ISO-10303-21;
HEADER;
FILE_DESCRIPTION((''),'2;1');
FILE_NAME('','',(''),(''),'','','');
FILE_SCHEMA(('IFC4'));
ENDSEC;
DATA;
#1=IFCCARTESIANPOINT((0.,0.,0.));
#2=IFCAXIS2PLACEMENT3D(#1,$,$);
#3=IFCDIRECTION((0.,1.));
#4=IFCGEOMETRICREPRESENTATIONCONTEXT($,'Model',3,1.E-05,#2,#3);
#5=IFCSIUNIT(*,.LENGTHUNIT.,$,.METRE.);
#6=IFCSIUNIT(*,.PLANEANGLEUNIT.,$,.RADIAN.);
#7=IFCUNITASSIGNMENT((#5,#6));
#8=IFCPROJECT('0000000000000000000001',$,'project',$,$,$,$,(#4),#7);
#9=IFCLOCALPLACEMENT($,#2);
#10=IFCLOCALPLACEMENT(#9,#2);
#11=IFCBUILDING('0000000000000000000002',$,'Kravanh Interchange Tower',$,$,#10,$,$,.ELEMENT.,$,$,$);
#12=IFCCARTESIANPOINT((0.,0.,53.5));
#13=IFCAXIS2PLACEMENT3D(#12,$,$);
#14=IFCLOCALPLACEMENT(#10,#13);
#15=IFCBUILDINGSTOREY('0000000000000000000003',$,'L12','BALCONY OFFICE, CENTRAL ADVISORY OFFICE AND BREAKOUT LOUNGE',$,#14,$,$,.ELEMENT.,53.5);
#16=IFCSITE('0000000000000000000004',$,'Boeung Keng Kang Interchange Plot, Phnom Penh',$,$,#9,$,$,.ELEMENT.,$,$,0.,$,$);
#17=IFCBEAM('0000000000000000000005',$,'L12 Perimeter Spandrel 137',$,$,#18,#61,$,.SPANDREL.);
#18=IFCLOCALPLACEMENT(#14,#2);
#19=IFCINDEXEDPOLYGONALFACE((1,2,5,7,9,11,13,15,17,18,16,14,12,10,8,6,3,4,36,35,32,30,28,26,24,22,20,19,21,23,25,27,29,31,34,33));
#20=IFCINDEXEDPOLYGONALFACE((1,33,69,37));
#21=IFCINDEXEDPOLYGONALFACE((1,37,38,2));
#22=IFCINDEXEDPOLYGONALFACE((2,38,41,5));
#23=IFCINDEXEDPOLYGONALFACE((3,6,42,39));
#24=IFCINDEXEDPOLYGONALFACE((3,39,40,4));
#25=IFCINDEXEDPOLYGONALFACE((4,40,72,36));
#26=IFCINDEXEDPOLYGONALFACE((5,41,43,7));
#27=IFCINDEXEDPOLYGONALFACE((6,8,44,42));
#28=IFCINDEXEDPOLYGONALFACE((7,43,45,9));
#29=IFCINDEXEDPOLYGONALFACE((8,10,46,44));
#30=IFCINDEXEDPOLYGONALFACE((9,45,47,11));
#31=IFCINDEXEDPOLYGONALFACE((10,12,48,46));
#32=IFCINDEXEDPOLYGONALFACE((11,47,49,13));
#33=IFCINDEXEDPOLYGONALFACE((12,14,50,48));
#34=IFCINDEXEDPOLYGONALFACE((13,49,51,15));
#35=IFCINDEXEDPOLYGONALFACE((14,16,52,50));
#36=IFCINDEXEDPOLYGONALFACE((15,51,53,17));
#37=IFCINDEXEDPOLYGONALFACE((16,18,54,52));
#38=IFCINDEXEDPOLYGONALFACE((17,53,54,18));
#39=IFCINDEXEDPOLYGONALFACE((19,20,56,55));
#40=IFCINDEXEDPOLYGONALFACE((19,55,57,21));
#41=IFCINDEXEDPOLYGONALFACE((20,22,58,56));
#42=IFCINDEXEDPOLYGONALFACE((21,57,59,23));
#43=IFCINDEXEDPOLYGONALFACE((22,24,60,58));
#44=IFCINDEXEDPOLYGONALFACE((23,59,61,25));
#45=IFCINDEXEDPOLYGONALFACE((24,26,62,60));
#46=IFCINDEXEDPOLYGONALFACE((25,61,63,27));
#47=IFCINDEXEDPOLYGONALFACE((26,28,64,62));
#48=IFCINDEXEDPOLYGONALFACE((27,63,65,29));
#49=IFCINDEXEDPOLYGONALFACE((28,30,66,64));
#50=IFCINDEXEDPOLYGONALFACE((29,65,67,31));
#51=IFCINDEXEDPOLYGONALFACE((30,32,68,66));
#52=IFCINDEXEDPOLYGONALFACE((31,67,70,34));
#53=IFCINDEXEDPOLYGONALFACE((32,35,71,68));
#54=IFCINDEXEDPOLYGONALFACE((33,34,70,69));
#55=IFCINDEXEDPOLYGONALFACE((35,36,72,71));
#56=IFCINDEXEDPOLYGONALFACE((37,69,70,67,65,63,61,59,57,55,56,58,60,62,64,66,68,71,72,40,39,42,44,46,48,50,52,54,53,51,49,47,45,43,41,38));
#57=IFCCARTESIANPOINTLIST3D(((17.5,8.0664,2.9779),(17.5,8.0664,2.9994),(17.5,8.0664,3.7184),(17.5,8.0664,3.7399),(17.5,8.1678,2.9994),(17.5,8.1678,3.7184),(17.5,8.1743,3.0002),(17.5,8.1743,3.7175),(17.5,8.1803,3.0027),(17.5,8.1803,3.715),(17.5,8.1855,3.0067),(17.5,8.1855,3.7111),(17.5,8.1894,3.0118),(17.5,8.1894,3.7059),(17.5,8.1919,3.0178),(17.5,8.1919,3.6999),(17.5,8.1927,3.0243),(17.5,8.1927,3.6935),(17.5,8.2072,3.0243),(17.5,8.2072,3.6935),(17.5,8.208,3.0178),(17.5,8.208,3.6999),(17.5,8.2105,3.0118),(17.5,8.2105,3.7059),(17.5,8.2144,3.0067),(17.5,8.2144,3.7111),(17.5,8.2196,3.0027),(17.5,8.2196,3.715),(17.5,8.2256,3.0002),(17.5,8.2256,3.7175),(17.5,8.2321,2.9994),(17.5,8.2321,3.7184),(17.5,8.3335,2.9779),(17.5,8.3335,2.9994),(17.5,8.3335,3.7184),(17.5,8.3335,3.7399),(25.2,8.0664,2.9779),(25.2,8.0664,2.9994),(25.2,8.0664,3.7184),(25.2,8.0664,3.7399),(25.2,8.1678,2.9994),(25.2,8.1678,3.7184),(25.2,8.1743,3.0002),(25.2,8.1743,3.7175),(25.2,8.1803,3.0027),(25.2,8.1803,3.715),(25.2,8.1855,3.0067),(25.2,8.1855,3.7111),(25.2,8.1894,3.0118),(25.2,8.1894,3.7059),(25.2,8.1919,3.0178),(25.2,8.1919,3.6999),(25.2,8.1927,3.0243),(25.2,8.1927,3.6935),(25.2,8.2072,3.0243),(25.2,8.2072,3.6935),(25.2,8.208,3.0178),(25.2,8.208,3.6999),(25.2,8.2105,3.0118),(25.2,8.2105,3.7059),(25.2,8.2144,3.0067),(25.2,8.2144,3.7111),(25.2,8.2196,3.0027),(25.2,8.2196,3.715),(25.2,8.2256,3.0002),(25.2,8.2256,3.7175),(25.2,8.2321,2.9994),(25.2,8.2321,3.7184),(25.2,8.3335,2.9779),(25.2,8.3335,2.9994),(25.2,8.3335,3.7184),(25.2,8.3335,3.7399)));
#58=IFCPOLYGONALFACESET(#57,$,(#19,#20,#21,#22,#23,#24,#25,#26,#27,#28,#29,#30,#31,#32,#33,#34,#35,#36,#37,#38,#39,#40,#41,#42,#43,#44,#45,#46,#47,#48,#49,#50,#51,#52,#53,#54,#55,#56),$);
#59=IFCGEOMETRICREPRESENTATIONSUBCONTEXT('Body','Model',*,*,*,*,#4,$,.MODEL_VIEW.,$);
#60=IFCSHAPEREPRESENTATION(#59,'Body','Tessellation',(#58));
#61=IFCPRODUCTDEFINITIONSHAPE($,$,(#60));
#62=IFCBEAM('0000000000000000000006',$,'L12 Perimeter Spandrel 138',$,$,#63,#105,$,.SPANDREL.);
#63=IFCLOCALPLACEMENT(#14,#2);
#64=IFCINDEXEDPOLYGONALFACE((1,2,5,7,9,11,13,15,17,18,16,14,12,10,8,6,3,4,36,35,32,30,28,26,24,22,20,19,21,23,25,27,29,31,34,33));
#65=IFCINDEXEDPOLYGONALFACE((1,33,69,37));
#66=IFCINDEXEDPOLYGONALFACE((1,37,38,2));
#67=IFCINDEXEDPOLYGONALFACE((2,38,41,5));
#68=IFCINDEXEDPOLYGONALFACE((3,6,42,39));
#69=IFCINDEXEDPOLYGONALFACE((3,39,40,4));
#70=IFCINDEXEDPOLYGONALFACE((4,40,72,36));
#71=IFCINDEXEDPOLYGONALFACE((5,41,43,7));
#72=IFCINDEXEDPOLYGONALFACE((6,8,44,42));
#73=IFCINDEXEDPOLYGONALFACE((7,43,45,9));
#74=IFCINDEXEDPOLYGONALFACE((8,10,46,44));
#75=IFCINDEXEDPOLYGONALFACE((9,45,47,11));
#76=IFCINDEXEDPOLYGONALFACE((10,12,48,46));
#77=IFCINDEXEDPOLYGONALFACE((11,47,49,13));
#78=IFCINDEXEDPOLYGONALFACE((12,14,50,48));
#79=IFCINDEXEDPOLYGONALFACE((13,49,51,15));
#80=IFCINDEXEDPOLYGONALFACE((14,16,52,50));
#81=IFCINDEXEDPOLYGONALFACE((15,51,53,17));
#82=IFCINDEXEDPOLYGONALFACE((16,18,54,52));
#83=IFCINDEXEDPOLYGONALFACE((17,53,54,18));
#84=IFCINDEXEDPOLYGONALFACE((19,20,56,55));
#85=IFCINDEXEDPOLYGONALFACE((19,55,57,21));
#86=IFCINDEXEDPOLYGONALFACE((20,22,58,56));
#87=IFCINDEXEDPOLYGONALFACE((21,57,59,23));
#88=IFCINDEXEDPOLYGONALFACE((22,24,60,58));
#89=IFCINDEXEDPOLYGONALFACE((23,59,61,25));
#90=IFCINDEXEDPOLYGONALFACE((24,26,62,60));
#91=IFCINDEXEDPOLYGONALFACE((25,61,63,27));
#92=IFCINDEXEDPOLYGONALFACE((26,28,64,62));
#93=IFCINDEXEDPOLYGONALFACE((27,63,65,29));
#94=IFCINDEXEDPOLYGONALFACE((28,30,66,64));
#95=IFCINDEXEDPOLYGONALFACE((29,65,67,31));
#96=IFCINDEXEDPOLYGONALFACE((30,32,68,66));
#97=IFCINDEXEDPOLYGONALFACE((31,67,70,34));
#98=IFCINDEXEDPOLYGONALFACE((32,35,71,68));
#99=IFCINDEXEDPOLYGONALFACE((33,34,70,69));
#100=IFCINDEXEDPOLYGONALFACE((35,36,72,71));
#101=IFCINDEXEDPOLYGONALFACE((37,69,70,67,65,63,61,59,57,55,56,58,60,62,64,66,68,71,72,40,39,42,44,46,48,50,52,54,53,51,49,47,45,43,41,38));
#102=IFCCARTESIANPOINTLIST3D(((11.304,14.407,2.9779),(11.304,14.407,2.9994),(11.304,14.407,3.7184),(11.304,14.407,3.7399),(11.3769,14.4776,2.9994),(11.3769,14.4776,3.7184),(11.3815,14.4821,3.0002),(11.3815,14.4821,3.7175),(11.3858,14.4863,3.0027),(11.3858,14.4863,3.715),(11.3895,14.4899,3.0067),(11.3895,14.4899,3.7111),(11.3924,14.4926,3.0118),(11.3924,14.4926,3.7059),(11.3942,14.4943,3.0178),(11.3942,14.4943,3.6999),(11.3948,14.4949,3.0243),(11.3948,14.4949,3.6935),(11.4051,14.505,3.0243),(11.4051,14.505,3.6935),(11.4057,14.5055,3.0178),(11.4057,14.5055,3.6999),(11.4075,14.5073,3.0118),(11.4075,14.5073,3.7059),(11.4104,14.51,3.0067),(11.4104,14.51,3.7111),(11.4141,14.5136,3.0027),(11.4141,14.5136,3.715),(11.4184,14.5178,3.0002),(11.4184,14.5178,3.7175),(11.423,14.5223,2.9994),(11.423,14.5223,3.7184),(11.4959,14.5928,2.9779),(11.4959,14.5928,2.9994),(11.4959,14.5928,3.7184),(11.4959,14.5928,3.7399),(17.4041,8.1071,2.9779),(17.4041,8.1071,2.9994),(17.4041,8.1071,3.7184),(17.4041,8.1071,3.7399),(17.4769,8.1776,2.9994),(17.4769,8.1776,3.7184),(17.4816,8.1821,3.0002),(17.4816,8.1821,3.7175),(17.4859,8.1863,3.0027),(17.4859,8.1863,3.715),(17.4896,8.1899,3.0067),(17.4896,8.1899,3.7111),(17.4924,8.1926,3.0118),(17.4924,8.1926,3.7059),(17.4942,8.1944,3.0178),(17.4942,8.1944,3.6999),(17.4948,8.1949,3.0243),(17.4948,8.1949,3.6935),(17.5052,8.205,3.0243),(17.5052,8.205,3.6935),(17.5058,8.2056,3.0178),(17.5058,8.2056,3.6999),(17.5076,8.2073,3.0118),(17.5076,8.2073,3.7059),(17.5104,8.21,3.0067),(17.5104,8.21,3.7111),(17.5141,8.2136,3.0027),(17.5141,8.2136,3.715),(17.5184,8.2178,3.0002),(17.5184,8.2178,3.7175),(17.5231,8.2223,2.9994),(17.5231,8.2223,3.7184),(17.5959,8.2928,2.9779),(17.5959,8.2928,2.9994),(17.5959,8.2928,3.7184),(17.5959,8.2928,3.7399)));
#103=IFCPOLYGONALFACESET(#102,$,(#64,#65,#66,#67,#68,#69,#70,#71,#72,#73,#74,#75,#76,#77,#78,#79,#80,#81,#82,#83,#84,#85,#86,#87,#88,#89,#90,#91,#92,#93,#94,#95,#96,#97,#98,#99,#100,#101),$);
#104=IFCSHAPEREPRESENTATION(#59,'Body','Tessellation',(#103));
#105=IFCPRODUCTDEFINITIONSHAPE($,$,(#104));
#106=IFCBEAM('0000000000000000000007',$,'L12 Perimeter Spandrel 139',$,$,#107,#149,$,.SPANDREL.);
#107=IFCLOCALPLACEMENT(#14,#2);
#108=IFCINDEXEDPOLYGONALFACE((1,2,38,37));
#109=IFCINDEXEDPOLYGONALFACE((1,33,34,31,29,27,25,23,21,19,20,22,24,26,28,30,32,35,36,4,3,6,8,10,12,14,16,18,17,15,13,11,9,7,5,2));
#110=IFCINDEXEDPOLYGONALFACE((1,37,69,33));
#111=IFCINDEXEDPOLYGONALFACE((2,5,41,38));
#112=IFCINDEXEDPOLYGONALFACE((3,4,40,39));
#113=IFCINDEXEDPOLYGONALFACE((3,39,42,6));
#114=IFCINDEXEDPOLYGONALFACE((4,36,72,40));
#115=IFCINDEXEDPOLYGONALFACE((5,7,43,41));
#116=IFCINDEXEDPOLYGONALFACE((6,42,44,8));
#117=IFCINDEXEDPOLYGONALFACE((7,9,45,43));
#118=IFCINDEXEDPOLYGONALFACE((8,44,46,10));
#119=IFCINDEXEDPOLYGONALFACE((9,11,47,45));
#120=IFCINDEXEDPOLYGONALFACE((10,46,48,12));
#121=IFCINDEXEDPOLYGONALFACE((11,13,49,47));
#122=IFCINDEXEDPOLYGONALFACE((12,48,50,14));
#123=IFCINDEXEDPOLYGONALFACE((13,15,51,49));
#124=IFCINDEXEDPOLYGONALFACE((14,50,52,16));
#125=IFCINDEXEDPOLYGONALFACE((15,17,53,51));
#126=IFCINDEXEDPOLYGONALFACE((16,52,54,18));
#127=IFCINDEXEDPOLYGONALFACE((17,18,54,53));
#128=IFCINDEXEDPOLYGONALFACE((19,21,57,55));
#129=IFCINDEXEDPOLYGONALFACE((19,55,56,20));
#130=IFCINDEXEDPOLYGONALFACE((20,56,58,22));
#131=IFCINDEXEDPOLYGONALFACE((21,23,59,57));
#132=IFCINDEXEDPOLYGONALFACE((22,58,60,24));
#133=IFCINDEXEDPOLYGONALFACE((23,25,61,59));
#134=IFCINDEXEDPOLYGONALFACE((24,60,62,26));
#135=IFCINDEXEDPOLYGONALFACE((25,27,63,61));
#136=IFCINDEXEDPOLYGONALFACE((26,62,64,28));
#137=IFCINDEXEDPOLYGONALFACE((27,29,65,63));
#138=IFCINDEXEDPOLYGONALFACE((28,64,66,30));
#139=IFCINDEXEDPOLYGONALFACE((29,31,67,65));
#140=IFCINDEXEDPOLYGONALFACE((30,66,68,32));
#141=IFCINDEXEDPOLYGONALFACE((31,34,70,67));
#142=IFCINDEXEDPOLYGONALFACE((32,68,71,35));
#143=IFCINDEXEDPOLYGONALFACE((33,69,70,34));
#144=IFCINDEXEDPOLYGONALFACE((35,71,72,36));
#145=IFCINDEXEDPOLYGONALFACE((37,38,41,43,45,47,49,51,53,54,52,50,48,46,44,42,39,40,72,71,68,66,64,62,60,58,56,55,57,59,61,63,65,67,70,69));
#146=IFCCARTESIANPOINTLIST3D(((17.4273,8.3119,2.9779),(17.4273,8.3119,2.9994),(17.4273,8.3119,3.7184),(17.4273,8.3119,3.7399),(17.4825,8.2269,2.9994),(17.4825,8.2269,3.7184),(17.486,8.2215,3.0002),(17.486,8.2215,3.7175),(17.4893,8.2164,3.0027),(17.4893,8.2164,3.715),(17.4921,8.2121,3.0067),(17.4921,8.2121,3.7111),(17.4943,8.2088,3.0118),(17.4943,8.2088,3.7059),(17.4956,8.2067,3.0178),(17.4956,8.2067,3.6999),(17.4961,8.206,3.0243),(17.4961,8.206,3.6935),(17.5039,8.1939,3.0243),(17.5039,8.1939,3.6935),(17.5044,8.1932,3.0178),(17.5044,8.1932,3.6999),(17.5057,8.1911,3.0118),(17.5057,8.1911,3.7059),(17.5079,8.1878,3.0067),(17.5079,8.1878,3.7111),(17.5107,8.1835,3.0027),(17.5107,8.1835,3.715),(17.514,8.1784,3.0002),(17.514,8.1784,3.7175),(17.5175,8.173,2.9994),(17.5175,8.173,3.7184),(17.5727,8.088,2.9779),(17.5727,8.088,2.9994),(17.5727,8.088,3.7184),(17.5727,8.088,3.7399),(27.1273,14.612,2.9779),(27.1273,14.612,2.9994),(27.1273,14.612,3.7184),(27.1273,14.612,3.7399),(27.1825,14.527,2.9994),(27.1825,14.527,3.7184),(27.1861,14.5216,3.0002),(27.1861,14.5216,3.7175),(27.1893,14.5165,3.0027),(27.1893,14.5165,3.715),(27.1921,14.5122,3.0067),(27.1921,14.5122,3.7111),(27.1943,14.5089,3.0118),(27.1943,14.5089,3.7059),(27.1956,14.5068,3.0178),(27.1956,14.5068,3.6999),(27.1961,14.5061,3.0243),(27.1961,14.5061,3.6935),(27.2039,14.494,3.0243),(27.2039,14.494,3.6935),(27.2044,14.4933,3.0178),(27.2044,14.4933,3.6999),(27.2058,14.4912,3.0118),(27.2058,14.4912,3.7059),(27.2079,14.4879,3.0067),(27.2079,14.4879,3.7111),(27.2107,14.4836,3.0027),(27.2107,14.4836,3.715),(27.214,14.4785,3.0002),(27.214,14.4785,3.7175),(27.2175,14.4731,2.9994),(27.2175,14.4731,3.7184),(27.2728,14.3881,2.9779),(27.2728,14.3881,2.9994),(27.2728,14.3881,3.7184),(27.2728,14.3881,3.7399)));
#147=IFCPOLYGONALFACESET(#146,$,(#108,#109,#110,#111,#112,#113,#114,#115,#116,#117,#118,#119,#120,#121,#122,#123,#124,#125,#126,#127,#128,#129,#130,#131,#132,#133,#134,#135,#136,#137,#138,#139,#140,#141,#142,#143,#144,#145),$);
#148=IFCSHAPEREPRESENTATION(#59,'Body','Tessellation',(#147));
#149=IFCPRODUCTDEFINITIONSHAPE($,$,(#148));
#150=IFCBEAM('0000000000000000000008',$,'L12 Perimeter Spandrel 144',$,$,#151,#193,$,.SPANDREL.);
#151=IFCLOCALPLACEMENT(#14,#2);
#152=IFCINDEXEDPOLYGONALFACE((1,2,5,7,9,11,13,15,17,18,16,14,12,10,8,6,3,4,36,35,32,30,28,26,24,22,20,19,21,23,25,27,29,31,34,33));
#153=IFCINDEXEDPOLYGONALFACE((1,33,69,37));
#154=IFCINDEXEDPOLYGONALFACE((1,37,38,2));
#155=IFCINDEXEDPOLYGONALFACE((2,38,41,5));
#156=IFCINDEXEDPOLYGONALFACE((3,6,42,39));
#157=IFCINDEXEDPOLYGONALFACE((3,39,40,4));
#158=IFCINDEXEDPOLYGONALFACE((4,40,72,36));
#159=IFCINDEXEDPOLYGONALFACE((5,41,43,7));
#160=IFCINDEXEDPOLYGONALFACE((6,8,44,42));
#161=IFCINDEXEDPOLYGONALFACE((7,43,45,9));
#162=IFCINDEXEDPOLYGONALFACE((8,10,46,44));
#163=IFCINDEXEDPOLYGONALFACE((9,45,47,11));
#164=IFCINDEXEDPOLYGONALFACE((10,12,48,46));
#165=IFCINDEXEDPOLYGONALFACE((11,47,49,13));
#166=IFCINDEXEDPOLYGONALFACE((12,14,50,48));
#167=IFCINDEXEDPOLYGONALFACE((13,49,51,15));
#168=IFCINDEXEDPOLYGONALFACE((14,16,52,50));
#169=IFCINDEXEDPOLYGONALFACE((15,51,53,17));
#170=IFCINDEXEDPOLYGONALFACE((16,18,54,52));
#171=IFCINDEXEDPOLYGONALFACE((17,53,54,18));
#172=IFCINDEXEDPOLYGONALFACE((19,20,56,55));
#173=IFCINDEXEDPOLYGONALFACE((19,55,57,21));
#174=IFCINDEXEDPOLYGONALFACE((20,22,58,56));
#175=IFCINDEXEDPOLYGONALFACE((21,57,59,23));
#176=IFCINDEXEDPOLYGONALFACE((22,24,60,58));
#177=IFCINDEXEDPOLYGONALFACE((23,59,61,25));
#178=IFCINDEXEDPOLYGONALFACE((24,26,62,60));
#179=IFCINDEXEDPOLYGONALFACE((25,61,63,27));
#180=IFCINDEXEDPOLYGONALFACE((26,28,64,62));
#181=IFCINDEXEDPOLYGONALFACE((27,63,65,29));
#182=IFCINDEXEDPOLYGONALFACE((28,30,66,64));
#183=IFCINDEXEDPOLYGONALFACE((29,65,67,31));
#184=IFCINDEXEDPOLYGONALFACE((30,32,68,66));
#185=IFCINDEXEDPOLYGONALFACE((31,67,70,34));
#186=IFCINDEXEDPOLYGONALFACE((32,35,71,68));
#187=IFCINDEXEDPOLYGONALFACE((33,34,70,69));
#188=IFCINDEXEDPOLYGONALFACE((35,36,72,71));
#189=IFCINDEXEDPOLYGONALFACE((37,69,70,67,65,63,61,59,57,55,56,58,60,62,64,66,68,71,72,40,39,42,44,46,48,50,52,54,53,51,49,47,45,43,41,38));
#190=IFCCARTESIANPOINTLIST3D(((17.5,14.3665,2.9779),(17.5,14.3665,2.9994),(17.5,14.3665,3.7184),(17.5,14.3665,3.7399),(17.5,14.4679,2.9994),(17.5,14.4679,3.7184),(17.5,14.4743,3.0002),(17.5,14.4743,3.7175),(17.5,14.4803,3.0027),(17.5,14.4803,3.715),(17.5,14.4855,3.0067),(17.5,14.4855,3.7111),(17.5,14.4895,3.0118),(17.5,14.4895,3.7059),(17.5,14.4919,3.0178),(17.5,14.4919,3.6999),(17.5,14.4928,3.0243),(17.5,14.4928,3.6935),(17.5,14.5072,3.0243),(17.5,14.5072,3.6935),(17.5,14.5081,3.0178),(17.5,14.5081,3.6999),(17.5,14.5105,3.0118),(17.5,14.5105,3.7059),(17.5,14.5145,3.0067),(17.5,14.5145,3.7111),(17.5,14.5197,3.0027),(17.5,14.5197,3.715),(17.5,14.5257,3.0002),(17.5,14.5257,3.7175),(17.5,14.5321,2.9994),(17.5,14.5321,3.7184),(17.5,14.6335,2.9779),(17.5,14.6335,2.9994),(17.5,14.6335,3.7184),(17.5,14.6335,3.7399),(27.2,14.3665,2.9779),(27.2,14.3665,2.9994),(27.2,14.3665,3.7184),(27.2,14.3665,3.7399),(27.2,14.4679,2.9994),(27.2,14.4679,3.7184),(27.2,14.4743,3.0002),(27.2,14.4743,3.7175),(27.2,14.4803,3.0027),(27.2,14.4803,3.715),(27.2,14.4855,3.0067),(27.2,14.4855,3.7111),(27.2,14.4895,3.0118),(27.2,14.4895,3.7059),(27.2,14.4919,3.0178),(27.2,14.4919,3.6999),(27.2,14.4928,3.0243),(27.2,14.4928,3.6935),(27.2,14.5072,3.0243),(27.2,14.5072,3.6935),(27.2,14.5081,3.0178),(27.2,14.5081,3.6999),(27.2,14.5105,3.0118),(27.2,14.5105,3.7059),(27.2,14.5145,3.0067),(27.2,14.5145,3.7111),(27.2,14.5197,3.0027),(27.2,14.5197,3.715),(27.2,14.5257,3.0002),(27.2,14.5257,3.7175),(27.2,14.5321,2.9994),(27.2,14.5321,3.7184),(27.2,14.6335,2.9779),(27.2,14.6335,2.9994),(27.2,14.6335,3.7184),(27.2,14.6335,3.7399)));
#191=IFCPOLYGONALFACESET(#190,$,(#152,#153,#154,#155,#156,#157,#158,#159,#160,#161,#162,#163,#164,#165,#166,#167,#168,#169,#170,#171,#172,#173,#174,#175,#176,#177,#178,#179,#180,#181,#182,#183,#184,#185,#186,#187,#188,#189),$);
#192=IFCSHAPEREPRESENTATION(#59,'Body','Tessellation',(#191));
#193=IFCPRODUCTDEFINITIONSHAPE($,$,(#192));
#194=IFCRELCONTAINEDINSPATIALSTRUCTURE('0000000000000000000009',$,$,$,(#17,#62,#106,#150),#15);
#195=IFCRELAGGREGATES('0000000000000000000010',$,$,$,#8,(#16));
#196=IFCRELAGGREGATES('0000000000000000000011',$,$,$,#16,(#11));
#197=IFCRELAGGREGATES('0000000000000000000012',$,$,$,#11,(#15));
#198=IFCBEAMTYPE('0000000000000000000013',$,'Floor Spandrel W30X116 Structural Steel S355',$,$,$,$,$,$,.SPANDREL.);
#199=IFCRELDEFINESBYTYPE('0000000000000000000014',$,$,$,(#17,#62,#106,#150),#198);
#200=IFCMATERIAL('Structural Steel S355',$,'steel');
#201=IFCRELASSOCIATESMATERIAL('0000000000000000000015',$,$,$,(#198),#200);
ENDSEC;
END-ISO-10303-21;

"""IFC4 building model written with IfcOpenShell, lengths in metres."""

from ifc_helpers import new_model, si_unit, direction, frame, origin, origin_2d, place, context, subcontext, project, spatial, i_section, extrude, material, material_profile, profile_set, type_object, element, save


model = new_model("IFC4")

# Units and contexts
model_context = context("Model", 3, precision=1e-05, world=origin(), true_north=direction((0.0, 1.0)))
body_context = subcontext(model_context, "Body", "Model", "MODEL_VIEW")
ifc_project = project(units=[si_unit("LENGTHUNIT", "METRE"), si_unit("PLANEANGLEUNIT", "RADIAN")], contexts=[model_context])

# Site, building, storey
site_placement = place(None, origin())
site = spatial("IfcSite", under=ifc_project, at=site_placement, Name="Boeung Keng Kang Interchange Plot, Phnom Penh", CompositionType="ELEMENT", RefElevation=0.0)
building_placement = place(site_placement, origin())
building = spatial("IfcBuilding", under=site, at=building_placement, Name="Kravanh Interchange Tower", CompositionType="ELEMENT")
storey_placement = place(building_placement, frame((0.0, 0.0, 53.5)))
storey = spatial("IfcBuildingStorey", under=building, at=storey_placement, Name="L12", Description="BALCONY OFFICE, CENTRAL ADVISORY OFFICE AND BREAKOUT LOUNGE", CompositionType="ELEMENT", Elevation=53.5)

# Beams
ifc_material_1 = material(Name="Structural Steel S355", Category="steel")
ifc_material_profile_1 = material_profile(ifc_material_1, i_section(OverallWidth=0.2671, OverallDepth=0.762, WebThickness=0.0144, FlangeThickness=0.0215, FilletRadius=0.0249, at=origin_2d()), Name="W30X116")
ifc_profile_set_1 = profile_set([ifc_material_profile_1], Name="Structural Steel S355")
beam_type_1 = type_object("IfcBeamType", Name="Floor Spandrel W30X116 Structural Steel S355", PredefinedType="SPANDREL", material=ifc_profile_set_1)
beam_1_placement = place(storey_placement, frame((17.5, 8.2, 3.3589), z_axis=(1.0, 0.0, 0.0), x_axis=(0.0, 1.0, 0.0)))
element("IfcBeam", 1, at=beam_1_placement, inside=storey, type_object=beam_type_1, Name="L12 Perimeter Spandrel 137", PredefinedType="SPANDREL", context=body_context, shape_type="SweptSolid", body=[
    extrude(i_section(OverallWidth=0.2671, OverallDepth=0.762, WebThickness=0.0144, FlangeThickness=0.0215, FilletRadius=0.0249, at=origin_2d()), origin(), (0.0, 0.0, 1.0), 7.7),
])
beam_2_placement = place(storey_placement, frame((17.5, 8.2, 3.3589), z_axis=(-0.695614, 0.718415, 0.0), x_axis=(-0.718415, -0.695614, 0.0)))
element("IfcBeam", 2, at=beam_2_placement, inside=storey, type_object=beam_type_1, Name="L12 Perimeter Spandrel 138", PredefinedType="SPANDREL", context=body_context, shape_type="SweptSolid", body=[
    extrude(i_section(OverallWidth=0.2671, OverallDepth=0.762, WebThickness=0.0144, FlangeThickness=0.0215, FilletRadius=0.0249, at=origin_2d()), origin(), (0.0, 0.0, 1.0), 8.7693),
])
beam_3_placement = place(storey_placement, frame((17.5, 8.2, 3.3589), z_axis=(0.838638, 0.544689, 0.0), x_axis=(-0.544689, 0.838638, 0.0)))
element("IfcBeam", 3, at=beam_3_placement, inside=storey, type_object=beam_type_1, Name="L12 Perimeter Spandrel 139", PredefinedType="SPANDREL", context=body_context, shape_type="SweptSolid", body=[
    extrude(i_section(OverallWidth=0.2671, OverallDepth=0.762, WebThickness=0.0144, FlangeThickness=0.0215, FilletRadius=0.0249, at=origin_2d()), origin(), (0.0, 0.0, 1.0), 11.5664),
])
beam_4_placement = place(storey_placement, frame((17.5, 14.5, 3.3589), z_axis=(1.0, 0.0, 0.0), x_axis=(0.0, 1.0, 0.0)))
element("IfcBeam", 4, at=beam_4_placement, inside=storey, type_object=beam_type_1, Name="L12 Perimeter Spandrel 144", PredefinedType="SPANDREL", context=body_context, shape_type="SweptSolid", body=[
    extrude(i_section(OverallWidth=0.2671, OverallDepth=0.762, WebThickness=0.0144, FlangeThickness=0.0215, FilletRadius=0.0249, at=origin_2d()), origin(), (0.0, 0.0, 1.0), 9.7),
])

save(model, "model.ifc")
